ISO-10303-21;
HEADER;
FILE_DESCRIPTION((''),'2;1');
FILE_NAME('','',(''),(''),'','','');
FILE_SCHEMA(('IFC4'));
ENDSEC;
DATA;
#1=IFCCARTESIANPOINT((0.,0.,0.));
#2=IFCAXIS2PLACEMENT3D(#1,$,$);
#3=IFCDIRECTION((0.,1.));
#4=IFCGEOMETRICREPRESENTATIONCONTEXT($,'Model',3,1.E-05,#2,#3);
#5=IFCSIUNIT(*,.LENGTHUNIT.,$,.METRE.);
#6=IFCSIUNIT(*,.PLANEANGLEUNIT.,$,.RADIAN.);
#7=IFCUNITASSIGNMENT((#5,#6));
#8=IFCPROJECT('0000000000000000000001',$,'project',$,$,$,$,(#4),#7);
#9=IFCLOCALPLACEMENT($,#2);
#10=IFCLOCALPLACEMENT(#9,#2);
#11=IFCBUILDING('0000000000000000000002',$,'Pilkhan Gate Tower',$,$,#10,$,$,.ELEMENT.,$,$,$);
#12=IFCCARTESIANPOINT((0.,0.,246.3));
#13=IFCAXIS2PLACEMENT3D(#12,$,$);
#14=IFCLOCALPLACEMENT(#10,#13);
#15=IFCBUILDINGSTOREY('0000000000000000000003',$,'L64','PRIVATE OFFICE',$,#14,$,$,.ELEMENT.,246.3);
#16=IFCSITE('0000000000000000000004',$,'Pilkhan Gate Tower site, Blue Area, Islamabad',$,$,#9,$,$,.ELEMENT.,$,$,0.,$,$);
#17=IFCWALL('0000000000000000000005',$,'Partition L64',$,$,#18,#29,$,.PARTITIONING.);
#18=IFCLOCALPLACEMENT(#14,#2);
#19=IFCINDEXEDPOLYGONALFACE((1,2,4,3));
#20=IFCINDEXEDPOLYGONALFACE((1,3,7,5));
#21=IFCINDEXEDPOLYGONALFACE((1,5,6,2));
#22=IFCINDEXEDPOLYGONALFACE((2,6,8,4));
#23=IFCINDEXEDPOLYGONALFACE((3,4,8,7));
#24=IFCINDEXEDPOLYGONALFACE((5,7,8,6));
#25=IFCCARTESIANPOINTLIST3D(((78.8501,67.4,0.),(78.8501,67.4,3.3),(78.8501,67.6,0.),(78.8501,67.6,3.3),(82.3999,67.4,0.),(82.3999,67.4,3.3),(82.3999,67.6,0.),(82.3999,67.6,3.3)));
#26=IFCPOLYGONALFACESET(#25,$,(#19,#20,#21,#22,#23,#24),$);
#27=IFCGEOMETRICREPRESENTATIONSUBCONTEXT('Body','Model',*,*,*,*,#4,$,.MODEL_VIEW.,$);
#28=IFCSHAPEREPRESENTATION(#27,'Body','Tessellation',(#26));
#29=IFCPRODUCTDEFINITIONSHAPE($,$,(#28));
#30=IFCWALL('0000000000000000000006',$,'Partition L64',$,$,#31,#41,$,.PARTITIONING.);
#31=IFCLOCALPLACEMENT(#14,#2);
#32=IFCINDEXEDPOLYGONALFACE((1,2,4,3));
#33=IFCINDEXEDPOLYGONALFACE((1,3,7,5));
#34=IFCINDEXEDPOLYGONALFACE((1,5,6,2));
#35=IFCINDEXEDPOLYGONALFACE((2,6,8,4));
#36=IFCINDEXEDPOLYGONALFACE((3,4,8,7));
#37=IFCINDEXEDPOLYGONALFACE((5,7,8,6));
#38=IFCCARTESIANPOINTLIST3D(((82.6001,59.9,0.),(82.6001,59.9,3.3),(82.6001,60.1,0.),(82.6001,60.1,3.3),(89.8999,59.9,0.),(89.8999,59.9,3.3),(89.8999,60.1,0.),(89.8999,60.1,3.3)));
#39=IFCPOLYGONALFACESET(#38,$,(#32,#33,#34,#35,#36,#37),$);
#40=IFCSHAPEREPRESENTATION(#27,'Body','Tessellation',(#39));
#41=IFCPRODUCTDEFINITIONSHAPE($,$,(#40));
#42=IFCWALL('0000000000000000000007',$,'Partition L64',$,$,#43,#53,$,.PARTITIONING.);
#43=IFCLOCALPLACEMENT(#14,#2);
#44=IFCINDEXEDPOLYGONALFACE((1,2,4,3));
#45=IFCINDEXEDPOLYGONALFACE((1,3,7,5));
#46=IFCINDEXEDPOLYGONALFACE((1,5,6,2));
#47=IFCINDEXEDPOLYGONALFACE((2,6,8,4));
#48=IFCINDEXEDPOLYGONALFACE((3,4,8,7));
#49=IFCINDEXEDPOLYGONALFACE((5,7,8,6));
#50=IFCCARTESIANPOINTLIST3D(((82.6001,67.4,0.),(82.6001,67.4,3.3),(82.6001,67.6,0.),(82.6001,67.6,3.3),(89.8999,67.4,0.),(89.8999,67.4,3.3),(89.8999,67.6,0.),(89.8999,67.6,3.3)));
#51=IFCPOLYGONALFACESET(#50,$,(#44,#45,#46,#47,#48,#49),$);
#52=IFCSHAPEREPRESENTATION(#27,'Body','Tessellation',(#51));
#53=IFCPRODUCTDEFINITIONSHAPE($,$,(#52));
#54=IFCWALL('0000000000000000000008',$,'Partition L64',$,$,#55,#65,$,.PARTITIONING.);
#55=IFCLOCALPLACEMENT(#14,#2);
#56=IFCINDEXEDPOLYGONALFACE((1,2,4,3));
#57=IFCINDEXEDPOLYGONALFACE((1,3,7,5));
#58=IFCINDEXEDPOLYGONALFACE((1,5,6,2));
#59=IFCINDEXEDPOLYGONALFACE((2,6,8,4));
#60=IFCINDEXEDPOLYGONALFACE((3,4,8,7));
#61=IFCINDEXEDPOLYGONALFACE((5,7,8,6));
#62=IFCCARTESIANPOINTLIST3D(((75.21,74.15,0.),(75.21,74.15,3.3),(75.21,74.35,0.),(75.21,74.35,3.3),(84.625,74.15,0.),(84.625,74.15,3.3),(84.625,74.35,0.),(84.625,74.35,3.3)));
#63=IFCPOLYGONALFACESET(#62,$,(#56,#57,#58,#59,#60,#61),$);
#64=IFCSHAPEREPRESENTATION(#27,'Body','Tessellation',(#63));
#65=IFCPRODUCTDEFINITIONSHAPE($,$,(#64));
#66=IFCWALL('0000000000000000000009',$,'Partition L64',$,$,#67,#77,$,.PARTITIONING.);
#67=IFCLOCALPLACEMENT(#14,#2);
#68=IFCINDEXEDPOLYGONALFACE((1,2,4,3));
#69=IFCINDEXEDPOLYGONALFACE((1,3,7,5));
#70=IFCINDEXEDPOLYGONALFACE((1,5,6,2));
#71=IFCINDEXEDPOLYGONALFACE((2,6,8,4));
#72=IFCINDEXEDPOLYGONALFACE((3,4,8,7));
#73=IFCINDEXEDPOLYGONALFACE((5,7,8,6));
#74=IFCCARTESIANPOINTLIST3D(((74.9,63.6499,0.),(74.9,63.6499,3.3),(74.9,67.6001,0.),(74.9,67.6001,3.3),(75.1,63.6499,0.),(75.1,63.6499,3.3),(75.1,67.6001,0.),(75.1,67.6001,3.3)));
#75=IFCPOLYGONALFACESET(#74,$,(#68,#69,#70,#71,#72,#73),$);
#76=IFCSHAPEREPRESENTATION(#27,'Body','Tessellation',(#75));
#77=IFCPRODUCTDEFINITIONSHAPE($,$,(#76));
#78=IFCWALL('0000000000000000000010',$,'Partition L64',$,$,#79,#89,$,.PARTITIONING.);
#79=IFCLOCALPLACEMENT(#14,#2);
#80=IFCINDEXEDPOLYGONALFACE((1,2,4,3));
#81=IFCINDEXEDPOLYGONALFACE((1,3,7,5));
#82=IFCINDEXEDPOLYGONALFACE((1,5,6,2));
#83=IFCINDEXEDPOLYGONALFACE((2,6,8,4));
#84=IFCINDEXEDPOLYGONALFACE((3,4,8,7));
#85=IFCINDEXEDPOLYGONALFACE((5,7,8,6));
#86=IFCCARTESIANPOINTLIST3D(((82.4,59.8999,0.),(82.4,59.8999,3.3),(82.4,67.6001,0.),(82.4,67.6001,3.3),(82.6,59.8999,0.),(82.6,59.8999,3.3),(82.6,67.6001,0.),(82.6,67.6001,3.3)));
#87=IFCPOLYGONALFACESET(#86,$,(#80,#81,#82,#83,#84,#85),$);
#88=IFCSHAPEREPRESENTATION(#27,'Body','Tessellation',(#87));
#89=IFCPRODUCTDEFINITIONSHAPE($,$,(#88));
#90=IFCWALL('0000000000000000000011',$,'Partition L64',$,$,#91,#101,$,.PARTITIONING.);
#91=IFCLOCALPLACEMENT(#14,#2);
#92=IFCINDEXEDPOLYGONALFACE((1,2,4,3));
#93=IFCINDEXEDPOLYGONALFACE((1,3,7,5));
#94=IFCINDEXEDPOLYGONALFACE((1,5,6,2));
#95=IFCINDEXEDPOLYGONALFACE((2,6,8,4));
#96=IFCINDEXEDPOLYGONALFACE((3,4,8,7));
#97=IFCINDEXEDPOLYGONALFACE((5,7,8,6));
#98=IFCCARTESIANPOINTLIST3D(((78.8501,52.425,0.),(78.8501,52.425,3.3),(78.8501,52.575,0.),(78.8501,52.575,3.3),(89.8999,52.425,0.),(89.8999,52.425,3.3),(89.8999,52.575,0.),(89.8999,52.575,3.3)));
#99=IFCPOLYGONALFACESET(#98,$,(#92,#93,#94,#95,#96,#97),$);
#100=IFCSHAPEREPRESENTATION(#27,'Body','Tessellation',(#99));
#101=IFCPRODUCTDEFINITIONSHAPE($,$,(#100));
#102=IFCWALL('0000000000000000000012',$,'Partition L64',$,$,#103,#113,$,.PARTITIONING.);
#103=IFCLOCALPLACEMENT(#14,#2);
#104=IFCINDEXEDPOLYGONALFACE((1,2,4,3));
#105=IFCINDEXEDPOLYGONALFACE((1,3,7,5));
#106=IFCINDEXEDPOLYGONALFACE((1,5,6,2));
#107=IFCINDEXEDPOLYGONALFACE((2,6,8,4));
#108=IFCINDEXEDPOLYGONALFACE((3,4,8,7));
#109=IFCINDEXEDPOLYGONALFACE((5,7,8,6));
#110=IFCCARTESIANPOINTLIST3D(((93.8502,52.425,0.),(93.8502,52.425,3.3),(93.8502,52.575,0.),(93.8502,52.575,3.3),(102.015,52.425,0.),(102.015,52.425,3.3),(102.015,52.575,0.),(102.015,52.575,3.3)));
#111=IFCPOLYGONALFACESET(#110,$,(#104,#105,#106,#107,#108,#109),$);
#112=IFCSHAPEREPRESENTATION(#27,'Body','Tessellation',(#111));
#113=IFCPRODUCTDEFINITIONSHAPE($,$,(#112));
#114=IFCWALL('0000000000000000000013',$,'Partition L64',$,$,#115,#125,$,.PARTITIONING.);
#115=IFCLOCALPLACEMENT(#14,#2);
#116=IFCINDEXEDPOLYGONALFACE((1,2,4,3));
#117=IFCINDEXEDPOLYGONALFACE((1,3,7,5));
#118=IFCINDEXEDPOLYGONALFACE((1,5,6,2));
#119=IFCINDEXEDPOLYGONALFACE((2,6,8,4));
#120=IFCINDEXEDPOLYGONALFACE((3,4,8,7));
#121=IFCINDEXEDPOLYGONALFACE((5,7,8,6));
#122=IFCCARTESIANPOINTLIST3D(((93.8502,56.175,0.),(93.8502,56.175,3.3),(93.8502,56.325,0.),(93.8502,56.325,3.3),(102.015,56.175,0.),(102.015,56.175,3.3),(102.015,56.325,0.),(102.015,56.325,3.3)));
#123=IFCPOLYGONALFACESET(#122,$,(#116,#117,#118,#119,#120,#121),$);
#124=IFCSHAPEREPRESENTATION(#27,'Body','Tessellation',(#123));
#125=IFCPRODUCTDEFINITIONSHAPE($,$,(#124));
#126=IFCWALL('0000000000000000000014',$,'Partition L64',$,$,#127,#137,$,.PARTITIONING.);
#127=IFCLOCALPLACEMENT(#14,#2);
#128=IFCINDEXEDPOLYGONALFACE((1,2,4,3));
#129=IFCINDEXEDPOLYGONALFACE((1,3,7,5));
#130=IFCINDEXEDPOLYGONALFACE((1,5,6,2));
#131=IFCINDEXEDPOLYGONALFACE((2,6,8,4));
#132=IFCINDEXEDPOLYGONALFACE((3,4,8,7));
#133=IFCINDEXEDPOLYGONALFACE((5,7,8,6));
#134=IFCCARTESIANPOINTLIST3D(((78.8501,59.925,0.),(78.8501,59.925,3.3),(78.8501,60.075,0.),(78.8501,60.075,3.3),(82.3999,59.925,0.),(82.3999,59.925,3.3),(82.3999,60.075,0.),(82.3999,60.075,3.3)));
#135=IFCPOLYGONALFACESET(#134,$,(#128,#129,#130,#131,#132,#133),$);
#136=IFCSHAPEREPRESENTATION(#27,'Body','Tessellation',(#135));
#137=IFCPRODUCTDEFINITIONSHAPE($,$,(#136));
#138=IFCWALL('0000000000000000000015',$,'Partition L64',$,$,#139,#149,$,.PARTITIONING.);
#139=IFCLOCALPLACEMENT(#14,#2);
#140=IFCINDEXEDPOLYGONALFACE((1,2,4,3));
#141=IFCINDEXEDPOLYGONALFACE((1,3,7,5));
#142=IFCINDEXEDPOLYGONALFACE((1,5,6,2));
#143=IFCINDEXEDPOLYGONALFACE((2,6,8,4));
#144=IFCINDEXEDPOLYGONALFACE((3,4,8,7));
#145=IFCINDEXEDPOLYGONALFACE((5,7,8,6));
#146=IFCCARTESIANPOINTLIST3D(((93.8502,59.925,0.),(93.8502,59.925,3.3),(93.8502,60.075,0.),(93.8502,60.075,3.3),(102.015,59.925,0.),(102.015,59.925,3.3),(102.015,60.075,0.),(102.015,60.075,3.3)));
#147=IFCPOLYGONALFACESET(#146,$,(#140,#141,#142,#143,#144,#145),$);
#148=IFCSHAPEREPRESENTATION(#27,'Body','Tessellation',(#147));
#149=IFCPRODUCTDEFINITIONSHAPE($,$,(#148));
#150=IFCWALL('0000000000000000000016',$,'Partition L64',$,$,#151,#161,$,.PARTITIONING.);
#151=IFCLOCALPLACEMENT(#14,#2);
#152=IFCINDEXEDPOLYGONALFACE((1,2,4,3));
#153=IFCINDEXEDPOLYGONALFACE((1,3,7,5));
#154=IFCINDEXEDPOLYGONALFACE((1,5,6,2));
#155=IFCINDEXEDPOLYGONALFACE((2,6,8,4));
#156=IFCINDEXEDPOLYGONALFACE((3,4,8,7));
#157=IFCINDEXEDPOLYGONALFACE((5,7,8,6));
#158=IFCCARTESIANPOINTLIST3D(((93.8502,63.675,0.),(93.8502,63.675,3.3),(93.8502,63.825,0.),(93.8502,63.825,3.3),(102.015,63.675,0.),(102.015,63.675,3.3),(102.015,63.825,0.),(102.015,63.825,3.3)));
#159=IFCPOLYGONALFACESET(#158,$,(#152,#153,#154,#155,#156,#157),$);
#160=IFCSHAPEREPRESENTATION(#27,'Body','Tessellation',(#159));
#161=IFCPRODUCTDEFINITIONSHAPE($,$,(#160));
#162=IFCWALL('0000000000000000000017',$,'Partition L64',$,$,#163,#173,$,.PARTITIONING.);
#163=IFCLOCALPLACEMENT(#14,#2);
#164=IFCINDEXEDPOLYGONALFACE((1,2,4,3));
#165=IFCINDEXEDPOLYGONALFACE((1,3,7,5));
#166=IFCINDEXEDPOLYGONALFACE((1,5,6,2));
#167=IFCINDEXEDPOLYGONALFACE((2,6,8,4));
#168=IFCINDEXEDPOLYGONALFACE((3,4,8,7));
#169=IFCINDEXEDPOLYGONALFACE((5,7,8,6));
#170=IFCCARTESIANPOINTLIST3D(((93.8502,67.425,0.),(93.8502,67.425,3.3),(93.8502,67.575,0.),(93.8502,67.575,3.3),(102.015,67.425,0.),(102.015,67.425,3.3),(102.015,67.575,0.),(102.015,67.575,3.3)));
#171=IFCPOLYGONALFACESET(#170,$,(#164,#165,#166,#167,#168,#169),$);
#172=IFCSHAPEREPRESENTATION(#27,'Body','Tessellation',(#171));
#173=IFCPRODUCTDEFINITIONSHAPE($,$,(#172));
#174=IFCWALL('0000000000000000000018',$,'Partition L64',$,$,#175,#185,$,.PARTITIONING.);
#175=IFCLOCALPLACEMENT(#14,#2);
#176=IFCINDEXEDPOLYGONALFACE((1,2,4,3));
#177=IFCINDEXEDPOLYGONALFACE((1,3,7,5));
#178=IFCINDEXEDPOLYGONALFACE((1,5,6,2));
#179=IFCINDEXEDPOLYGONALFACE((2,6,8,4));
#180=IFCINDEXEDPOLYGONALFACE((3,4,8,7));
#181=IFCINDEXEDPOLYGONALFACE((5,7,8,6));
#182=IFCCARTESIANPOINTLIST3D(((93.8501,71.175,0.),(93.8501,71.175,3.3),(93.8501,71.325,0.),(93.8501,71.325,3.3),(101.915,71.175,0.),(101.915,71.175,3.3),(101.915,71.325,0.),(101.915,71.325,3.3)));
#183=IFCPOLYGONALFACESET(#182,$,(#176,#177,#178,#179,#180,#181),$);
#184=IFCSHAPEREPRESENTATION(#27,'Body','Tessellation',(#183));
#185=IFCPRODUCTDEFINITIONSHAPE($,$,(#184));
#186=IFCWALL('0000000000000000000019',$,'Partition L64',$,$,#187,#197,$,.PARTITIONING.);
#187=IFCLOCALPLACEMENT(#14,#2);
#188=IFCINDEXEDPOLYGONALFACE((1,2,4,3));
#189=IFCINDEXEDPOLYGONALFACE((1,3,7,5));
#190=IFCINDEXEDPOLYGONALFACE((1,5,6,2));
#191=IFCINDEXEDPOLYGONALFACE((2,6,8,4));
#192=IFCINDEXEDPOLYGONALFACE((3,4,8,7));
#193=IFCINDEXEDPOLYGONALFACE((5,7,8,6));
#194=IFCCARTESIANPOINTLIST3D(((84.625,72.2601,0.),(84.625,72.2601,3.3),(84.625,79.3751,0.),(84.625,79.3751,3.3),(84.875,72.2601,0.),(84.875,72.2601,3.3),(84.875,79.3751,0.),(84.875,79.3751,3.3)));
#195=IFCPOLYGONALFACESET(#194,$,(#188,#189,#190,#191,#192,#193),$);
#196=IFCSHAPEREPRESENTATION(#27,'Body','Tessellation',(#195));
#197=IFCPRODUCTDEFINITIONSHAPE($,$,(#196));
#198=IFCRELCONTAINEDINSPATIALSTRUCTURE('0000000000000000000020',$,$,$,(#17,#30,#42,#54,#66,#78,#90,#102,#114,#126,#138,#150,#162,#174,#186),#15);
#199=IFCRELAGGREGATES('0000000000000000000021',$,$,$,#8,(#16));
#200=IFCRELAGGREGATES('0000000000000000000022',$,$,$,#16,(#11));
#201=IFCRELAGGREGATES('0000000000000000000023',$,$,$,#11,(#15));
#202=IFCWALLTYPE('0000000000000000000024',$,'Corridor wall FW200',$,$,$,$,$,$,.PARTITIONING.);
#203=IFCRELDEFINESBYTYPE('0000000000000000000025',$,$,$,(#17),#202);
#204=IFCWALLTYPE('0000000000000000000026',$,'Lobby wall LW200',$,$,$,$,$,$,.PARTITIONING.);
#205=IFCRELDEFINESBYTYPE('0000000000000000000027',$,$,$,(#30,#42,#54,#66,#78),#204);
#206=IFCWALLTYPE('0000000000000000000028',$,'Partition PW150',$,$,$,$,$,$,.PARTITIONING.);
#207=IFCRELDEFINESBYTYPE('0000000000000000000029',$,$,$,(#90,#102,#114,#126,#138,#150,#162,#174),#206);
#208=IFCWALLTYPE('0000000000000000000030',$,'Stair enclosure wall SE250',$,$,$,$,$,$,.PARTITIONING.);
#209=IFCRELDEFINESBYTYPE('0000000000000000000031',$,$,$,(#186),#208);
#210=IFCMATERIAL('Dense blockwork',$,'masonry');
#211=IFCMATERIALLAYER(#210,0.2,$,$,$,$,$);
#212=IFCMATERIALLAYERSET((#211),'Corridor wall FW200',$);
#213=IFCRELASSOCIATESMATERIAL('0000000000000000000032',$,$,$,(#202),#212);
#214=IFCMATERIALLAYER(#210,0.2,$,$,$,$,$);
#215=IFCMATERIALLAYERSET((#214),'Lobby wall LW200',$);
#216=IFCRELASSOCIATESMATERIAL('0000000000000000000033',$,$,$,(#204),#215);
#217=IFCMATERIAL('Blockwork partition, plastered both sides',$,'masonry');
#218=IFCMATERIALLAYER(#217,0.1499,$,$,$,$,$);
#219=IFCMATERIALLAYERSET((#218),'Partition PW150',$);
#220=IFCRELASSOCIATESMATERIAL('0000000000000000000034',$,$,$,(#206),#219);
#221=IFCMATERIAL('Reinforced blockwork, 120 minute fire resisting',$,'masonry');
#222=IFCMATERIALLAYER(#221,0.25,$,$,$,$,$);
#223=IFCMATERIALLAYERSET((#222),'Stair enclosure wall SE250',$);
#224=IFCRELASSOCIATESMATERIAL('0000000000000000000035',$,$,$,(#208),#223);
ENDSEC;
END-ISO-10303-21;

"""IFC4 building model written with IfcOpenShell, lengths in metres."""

from ifc_helpers import new_model, si_unit, direction, frame, frame_2d, origin, place, context, subcontext, project, spatial, rectangle, extrude, material, layer, layer_set, type_object, element, save


model = new_model("IFC4")

# Units and contexts
model_context = context("Model", 3, precision=1e-05, world=origin(), true_north=direction((0.0, 1.0)))
body_context = subcontext(model_context, "Body", "Model", "MODEL_VIEW")
ifc_project = project(units=[si_unit("LENGTHUNIT", "METRE"), si_unit("PLANEANGLEUNIT", "RADIAN")], contexts=[model_context])

# Site, building, storey
site_placement = place(None, origin())
site = spatial("IfcSite", under=ifc_project, at=site_placement, Name="Pilkhan Gate Tower site, Blue Area, Islamabad", CompositionType="ELEMENT", RefElevation=0.0)
building_placement = place(site_placement, origin())
building = spatial("IfcBuilding", under=site, at=building_placement, Name="Pilkhan Gate Tower", CompositionType="ELEMENT")
storey_placement = place(building_placement, frame((0.0, 0.0, 246.3)))
storey = spatial("IfcBuildingStorey", under=building, at=storey_placement, Name="L64", Description="PRIVATE OFFICE", CompositionType="ELEMENT", Elevation=246.3)

# Walls
ifc_material_1 = material(Name="Dense blockwork", Category="masonry")
ifc_layer_1 = layer(ifc_material_1, 0.2)
ifc_layer_set_1 = layer_set([ifc_layer_1], Name="Corridor wall FW200")
wall_type_1 = type_object("IfcWallType", Name="Corridor wall FW200", PredefinedType="PARTITIONING", material=ifc_layer_set_1)
wall_1_placement = place(storey_placement, frame((78.8501, 67.5, 0.0), z_axis=(0.0, 0.0, 1.0), x_axis=(1.0, 0.0, 0.0)))
element("IfcWall", 1, at=wall_1_placement, inside=storey, type_object=wall_type_1, Name="Partition L64", PredefinedType="PARTITIONING", context=body_context, shape_type="SweptSolid", body=[
    extrude(rectangle(XDim=3.5498, YDim=0.2, at=frame_2d((1.7749, 0.0))), origin(), (0.0, 0.0, 1.0), 3.3),
])
ifc_layer_2 = layer(ifc_material_1, 0.2)
ifc_layer_set_2 = layer_set([ifc_layer_2], Name="Lobby wall LW200")
wall_type_2 = type_object("IfcWallType", Name="Lobby wall LW200", PredefinedType="PARTITIONING", material=ifc_layer_set_2)
for number, where, z_axis, x_axis, name in (
    (2, (82.6001, 60.0, 0.0), (0.0, 0.0, 1.0), (1.0, 0.0, 0.0), "Partition L64"),
    (3, (82.6001, 67.5, 0.0), (0.0, 0.0, 1.0), (1.0, 0.0, 0.0), "Partition L64"),
):
    element("IfcWall", number, at=place(storey_placement, frame(where, z_axis=z_axis, x_axis=x_axis)), inside=storey, type_object=wall_type_2, Name=name, PredefinedType="PARTITIONING", context=body_context, shape_type="SweptSolid", body=[
        extrude(rectangle(XDim=7.2998, YDim=0.2, at=frame_2d((3.6499, 0.0))), origin(), (0.0, 0.0, 1.0), 3.3),
    ])
wall_2_placement = place(storey_placement, frame((75.21, 74.25, 0.0), z_axis=(0.0, 0.0, 1.0), x_axis=(1.0, 0.0, 0.0)))
element("IfcWall", 4, at=wall_2_placement, inside=storey, type_object=wall_type_2, Name="Partition L64", PredefinedType="PARTITIONING", context=body_context, shape_type="SweptSolid", body=[
    extrude(rectangle(XDim=9.415, YDim=0.2, at=frame_2d((4.7075, 0.0))), origin(), (0.0, 0.0, 1.0), 3.3),
])
wall_3_placement = place(storey_placement, frame((75.0, 63.6499, 0.0), z_axis=(0.0, 0.0, 1.0), x_axis=(0.0, 1.0, 0.0)))
element("IfcWall", 5, at=wall_3_placement, inside=storey, type_object=wall_type_2, Name="Partition L64", PredefinedType="PARTITIONING", context=body_context, shape_type="SweptSolid", body=[
    extrude(rectangle(XDim=3.9502, YDim=0.2, at=frame_2d((1.9751, 0.0))), origin(), (0.0, 0.0, 1.0), 3.3),
])
wall_4_placement = place(storey_placement, frame((82.5, 59.8999, 0.0), z_axis=(0.0, 0.0, 1.0), x_axis=(0.0, 1.0, 0.0)))
element("IfcWall", 6, at=wall_4_placement, inside=storey, type_object=wall_type_2, Name="Partition L64", PredefinedType="PARTITIONING", context=body_context, shape_type="SweptSolid", body=[
    extrude(rectangle(XDim=7.7002, YDim=0.2, at=frame_2d((3.8501, 0.0))), origin(), (0.0, 0.0, 1.0), 3.3),
])

# Walls
ifc_material_2 = material(Name="Blockwork partition, plastered both sides", Category="masonry")
ifc_layer_3 = layer(ifc_material_2, 0.1499)
ifc_layer_set_3 = layer_set([ifc_layer_3], Name="Partition PW150")
wall_type_3 = type_object("IfcWallType", Name="Partition PW150", PredefinedType="PARTITIONING", material=ifc_layer_set_3)
wall_5_placement = place(storey_placement, frame((78.8501, 52.5, 0.0), z_axis=(0.0, 0.0, 1.0), x_axis=(1.0, 0.0, 0.0)))
element("IfcWall", 7, at=wall_5_placement, inside=storey, type_object=wall_type_3, Name="Partition L64", PredefinedType="PARTITIONING", context=body_context, shape_type="SweptSolid", body=[
    extrude(rectangle(XDim=11.0498, YDim=0.1499, at=frame_2d((5.5249, 0.0))), origin(), (0.0, 0.0, 1.0), 3.3),
])
for number, where, z_axis, x_axis, name in (
    (8, (93.8501, 52.5, 0.0), (0.0, 0.0, 1.0), (1.0, 0.0, 0.0), "Partition L64"),
    (9, (93.8501, 56.25, 0.0), (0.0, 0.0, 1.0), (1.0, 0.0, 0.0), "Partition L64"),
):
    element("IfcWall", number, at=place(storey_placement, frame(where, z_axis=z_axis, x_axis=x_axis)), inside=storey, type_object=wall_type_3, Name=name, PredefinedType="PARTITIONING", context=body_context, shape_type="SweptSolid", body=[
        extrude(rectangle(XDim=8.1648, YDim=0.1499, at=frame_2d((4.0825, 0.0))), origin(), (0.0, 0.0, 1.0), 3.3),
    ])
wall_6_placement = place(storey_placement, frame((78.8501, 60.0, 0.0), z_axis=(0.0, 0.0, 1.0), x_axis=(1.0, 0.0, 0.0)))
element("IfcWall", 10, at=wall_6_placement, inside=storey, type_object=wall_type_3, Name="Partition L64", PredefinedType="PARTITIONING", context=body_context, shape_type="SweptSolid", body=[
    extrude(rectangle(XDim=3.5498, YDim=0.1499, at=frame_2d((1.7749, 0.0))), origin(), (0.0, 0.0, 1.0), 3.3),
])
for number, where, z_axis, x_axis, name in (
    (11, (93.8501, 60.0, 0.0), (0.0, 0.0, 1.0), (1.0, 0.0, 0.0), "Partition L64"),
    (12, (93.8501, 63.75, 0.0), (0.0, 0.0, 1.0), (1.0, 0.0, 0.0), "Partition L64"),
    (13, (93.8501, 67.5, 0.0), (0.0, 0.0, 1.0), (1.0, 0.0, 0.0), "Partition L64"),
):
    element("IfcWall", number, at=place(storey_placement, frame(where, z_axis=z_axis, x_axis=x_axis)), inside=storey, type_object=wall_type_3, Name=name, PredefinedType="PARTITIONING", context=body_context, shape_type="SweptSolid", body=[
        extrude(rectangle(XDim=8.1648, YDim=0.1499, at=frame_2d((4.0825, 0.0))), origin(), (0.0, 0.0, 1.0), 3.3),
    ])
wall_7_placement = place(storey_placement, frame((93.8501, 71.25, 0.0), z_axis=(0.0, 0.0, 1.0), x_axis=(1.0, 0.0, 0.0)))
element("IfcWall", 14, at=wall_7_placement, inside=storey, type_object=wall_type_3, Name="Partition L64", PredefinedType="PARTITIONING", context=body_context, shape_type="SweptSolid", body=[
    extrude(rectangle(XDim=8.0649, YDim=0.1499, at=frame_2d((4.0325, 0.0))), origin(), (0.0, 0.0, 1.0), 3.3),
])
ifc_material_3 = material(Name="Reinforced blockwork, 120 minute fire resisting", Category="masonry")
ifc_layer_4 = layer(ifc_material_3, 0.25)
ifc_layer_set_4 = layer_set([ifc_layer_4], Name="Stair enclosure wall SE250")
wall_type_4 = type_object("IfcWallType", Name="Stair enclosure wall SE250", PredefinedType="PARTITIONING", material=ifc_layer_set_4)
wall_8_placement = place(storey_placement, frame((84.75, 72.26, 0.0), z_axis=(0.0, 0.0, 1.0), x_axis=(0.0, 1.0, 0.0)))
element("IfcWall", 15, at=wall_8_placement, inside=storey, type_object=wall_type_4, Name="Partition L64", PredefinedType="PARTITIONING", context=body_context, shape_type="SweptSolid", body=[
    extrude(rectangle(XDim=7.115, YDim=0.25, at=frame_2d((3.5576, 0.0))), origin(), (0.0, 0.0, 1.0), 3.3),
])

save(model, "model.ifc")
